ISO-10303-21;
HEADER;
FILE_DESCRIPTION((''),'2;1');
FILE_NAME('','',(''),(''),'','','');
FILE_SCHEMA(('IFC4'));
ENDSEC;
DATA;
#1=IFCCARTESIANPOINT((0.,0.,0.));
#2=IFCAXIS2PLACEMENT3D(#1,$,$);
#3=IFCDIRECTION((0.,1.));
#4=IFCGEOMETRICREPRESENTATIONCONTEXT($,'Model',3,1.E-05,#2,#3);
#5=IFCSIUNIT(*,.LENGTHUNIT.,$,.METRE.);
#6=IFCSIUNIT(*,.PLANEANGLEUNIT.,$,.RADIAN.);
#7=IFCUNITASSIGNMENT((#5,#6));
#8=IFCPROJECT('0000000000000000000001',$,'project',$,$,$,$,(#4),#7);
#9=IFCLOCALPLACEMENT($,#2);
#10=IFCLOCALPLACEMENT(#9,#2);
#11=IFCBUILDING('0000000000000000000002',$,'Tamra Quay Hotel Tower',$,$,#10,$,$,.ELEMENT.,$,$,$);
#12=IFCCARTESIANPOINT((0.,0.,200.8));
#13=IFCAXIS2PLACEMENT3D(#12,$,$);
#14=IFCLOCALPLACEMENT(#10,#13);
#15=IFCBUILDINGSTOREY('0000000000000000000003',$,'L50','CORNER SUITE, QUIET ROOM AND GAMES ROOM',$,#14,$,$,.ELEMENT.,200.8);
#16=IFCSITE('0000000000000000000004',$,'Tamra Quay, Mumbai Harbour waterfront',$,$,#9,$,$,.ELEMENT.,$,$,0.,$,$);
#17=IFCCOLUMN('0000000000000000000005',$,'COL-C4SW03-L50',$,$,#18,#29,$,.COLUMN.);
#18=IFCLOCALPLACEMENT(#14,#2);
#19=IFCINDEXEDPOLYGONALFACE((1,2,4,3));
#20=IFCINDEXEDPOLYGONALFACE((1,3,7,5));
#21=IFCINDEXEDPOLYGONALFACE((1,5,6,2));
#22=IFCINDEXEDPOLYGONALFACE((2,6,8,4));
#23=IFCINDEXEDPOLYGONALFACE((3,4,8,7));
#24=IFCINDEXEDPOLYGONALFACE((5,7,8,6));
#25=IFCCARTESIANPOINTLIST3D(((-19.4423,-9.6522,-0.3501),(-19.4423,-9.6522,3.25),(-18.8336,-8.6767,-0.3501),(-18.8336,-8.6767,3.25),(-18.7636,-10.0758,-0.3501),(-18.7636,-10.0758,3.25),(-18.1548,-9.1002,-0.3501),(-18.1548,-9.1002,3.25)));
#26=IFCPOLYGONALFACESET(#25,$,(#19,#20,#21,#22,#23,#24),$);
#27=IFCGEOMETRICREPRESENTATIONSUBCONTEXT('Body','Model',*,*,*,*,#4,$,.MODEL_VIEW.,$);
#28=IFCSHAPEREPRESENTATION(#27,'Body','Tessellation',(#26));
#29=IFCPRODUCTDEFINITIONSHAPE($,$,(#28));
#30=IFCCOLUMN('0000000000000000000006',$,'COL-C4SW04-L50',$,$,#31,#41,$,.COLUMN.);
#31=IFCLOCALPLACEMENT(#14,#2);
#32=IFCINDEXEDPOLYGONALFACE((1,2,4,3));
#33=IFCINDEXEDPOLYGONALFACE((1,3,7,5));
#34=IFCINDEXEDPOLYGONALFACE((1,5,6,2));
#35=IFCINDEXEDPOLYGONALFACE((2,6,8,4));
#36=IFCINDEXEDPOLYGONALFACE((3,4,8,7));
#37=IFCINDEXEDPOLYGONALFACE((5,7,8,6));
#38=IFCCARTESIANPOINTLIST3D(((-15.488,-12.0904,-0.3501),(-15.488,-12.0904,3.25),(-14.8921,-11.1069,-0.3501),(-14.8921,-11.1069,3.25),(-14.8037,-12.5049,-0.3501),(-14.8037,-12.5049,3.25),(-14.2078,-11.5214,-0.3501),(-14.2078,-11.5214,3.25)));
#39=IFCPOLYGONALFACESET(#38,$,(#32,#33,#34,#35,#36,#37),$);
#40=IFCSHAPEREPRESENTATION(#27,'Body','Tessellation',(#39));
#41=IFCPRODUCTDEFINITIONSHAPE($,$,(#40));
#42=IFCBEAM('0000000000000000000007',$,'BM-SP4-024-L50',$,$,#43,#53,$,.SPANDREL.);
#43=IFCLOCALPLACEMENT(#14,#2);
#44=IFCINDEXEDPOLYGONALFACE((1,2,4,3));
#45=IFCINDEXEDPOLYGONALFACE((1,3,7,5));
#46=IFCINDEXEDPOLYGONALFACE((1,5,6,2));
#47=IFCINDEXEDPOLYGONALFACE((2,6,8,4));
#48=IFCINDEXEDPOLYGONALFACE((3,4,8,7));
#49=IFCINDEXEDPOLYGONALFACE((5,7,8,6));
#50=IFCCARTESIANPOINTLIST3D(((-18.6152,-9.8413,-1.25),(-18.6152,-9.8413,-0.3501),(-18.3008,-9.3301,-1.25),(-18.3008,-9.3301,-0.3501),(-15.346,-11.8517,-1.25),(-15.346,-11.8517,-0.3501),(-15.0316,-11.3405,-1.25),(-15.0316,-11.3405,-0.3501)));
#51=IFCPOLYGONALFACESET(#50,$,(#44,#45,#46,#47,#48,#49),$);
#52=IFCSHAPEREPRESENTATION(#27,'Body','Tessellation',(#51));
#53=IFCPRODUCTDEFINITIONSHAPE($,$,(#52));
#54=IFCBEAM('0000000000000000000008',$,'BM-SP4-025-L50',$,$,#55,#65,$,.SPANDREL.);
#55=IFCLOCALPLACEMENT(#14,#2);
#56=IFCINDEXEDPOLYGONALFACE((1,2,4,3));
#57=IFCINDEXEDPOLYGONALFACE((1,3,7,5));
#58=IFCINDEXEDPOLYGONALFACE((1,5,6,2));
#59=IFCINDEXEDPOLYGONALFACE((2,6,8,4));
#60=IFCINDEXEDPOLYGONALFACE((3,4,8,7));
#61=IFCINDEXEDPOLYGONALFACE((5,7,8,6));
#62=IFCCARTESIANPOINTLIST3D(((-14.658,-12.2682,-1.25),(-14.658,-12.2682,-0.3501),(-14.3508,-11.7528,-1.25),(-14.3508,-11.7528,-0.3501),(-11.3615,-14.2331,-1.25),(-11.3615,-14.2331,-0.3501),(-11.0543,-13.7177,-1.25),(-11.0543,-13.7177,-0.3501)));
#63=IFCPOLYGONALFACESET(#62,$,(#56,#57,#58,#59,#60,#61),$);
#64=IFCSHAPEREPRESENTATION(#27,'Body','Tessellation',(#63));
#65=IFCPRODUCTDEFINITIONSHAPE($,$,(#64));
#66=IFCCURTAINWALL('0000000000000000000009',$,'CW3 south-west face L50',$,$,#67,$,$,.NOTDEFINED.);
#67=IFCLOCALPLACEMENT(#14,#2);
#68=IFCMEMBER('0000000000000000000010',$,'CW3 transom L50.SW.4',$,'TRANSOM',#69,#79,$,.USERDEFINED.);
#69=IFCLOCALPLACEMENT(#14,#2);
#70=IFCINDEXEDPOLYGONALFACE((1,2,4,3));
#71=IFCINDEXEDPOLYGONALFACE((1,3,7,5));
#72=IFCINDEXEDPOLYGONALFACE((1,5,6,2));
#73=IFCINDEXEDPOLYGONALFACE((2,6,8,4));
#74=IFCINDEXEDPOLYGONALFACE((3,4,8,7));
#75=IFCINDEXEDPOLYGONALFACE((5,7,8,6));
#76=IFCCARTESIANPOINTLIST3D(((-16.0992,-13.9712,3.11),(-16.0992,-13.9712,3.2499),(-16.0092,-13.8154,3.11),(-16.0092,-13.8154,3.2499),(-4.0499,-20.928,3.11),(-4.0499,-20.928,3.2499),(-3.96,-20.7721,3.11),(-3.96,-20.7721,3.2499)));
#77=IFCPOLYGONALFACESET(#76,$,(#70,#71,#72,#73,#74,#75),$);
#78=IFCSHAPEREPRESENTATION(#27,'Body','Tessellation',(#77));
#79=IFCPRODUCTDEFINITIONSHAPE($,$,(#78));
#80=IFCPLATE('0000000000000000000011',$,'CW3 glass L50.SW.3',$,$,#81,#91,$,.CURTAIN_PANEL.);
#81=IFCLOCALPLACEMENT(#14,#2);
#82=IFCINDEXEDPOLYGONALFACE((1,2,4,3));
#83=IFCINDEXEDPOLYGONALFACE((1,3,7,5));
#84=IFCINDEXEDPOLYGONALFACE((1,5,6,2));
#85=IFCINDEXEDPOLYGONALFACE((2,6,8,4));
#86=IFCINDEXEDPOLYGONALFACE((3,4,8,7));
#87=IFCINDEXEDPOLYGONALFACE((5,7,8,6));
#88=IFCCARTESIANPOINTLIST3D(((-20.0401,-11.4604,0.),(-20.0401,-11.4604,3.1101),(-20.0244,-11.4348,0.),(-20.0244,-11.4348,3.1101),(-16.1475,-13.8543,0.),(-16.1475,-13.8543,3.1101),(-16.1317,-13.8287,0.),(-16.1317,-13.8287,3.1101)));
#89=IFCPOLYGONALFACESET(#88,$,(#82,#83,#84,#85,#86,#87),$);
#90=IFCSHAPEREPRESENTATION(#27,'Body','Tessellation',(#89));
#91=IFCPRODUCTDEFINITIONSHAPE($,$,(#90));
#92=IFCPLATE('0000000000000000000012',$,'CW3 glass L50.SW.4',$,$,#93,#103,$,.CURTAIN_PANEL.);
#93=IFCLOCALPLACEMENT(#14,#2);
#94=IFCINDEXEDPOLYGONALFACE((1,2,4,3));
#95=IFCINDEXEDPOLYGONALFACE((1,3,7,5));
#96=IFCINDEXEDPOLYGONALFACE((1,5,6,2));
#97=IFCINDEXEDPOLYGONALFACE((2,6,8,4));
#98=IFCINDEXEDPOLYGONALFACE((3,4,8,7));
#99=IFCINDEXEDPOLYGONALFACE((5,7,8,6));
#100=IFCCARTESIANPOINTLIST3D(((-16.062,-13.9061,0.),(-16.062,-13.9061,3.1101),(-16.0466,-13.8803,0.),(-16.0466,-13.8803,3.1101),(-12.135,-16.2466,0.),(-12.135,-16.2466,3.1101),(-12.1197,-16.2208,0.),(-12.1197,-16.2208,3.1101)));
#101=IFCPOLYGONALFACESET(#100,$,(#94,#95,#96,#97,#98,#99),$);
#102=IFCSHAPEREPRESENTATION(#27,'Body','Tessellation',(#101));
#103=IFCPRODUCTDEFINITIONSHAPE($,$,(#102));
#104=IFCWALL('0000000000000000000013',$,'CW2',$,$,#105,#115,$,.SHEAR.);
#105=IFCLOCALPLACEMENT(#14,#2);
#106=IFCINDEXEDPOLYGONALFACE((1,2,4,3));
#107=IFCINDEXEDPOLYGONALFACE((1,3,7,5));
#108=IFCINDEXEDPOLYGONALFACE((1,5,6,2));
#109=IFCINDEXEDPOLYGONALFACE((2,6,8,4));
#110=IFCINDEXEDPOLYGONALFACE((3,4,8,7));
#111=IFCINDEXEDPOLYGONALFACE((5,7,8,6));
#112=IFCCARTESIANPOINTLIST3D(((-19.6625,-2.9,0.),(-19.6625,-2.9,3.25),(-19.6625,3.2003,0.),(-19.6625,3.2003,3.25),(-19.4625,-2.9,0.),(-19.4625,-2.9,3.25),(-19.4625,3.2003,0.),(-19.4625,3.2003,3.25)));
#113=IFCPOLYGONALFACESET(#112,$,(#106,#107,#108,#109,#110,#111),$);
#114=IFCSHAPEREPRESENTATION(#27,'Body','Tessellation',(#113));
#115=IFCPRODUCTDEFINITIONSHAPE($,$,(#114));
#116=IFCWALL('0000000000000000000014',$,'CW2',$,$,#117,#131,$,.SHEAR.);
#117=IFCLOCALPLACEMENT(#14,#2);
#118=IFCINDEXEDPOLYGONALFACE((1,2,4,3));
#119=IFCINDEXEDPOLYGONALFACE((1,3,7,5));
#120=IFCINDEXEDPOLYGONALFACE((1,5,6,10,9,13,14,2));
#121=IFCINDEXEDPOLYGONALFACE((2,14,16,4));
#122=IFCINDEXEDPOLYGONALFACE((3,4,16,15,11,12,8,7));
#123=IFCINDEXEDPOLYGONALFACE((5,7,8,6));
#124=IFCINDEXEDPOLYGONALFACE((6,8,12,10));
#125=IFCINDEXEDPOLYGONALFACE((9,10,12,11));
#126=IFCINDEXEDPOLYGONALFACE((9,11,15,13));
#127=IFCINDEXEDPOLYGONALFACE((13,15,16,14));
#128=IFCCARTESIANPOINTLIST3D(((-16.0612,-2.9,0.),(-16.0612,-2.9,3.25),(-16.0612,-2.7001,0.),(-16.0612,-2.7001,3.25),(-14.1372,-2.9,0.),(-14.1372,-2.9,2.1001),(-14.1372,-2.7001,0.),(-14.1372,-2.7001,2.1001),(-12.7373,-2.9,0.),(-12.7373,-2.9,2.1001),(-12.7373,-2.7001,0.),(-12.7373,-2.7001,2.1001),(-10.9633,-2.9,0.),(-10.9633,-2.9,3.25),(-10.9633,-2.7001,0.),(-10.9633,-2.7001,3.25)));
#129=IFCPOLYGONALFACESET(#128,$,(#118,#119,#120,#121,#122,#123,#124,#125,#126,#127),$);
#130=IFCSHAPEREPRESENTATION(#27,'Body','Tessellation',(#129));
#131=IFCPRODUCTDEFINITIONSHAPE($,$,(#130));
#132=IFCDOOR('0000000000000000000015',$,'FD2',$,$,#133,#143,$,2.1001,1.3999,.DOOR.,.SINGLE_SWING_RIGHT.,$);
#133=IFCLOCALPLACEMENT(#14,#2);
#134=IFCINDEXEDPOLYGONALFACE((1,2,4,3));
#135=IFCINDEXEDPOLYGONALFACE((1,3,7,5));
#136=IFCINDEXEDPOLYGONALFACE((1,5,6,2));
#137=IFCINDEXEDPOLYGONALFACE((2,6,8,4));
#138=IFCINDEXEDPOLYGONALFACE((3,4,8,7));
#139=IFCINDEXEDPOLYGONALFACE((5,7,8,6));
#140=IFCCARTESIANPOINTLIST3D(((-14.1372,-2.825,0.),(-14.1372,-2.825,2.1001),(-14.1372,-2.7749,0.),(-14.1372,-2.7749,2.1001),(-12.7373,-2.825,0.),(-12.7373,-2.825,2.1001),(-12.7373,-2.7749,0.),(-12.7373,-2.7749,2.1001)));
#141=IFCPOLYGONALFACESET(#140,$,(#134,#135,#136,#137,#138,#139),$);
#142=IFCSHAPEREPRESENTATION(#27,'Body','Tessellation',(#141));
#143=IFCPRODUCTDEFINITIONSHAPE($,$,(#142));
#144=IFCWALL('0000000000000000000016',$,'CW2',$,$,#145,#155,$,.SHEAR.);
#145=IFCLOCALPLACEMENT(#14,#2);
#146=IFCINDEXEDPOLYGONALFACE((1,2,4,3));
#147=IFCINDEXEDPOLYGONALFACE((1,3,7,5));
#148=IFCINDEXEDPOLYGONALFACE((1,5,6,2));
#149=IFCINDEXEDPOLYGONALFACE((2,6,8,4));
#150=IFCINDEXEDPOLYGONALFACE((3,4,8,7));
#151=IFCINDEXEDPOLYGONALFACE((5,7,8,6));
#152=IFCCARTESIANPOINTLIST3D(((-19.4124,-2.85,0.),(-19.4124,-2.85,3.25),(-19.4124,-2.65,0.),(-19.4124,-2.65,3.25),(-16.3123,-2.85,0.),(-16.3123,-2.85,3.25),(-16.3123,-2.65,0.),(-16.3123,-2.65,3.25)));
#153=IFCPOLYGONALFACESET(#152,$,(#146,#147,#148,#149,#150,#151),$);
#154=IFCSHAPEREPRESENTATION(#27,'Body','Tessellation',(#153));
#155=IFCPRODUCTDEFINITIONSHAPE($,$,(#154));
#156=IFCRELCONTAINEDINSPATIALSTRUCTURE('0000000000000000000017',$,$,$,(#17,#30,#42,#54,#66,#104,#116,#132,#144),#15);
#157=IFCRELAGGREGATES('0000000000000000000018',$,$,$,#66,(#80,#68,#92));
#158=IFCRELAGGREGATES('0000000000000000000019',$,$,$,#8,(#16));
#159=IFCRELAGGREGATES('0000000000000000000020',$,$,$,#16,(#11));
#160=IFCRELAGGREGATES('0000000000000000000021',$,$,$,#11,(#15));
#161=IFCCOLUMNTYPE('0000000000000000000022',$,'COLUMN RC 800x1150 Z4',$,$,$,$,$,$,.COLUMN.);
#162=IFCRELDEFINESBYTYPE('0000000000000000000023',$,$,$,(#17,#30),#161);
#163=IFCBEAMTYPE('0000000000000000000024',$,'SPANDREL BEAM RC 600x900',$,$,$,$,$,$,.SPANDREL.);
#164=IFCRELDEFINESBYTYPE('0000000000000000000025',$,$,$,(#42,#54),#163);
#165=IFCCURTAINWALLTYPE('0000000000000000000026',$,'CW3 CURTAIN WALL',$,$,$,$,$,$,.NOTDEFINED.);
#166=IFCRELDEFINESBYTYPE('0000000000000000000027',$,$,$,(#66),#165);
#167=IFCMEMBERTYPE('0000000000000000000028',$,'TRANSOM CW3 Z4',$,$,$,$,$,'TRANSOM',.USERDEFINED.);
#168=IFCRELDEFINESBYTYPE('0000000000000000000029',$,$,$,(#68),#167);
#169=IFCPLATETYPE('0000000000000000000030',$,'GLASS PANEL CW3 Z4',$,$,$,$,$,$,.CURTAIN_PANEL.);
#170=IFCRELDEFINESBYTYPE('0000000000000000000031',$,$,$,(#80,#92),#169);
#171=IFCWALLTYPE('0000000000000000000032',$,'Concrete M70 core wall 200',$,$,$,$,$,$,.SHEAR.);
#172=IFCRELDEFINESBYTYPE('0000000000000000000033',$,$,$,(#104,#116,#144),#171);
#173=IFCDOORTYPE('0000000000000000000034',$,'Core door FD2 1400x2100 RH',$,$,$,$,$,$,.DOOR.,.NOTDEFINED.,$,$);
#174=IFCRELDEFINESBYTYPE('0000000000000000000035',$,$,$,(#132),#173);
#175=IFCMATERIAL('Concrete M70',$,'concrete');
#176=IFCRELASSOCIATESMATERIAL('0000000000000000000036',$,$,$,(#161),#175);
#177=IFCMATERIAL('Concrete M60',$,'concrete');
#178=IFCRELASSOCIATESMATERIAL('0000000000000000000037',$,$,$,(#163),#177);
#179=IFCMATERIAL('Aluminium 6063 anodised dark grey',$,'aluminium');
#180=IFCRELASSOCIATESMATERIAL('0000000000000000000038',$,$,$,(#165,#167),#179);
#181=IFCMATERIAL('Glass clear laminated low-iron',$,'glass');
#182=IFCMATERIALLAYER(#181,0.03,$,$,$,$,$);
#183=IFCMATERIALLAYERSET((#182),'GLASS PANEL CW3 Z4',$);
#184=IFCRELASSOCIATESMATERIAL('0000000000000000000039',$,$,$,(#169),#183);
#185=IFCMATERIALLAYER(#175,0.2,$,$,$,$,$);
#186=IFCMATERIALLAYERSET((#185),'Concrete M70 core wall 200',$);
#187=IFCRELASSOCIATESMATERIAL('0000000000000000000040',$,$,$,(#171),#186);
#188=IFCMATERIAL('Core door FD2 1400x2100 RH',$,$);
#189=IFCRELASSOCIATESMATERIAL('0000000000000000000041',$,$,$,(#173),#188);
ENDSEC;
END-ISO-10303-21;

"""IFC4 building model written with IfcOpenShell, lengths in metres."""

from ifc_helpers import new_model, si_unit, direction, frame, frame_2d, origin, origin_2d, place, context, subcontext, project, spatial, rectangle, extrude, material, layer, layer_set, material_profile, profile_set, type_object, element, fill, aggregate, save


model = new_model("IFC4")

# Units and contexts
model_context = context("Model", 3, precision=1e-05, world=origin(), true_north=direction((0.0, 1.0)))
body_context = subcontext(model_context, "Body", "Model", "MODEL_VIEW")
ifc_project = project(units=[si_unit("LENGTHUNIT", "METRE"), si_unit("PLANEANGLEUNIT", "RADIAN")], contexts=[model_context])

# Site, building, storey
site_placement = place(None, origin())
site = spatial("IfcSite", under=ifc_project, at=site_placement, Name="Tamra Quay, Mumbai Harbour waterfront", CompositionType="ELEMENT", RefElevation=0.0)
building_placement = place(site_placement, origin())
building = spatial("IfcBuilding", under=site, at=building_placement, Name="Tamra Quay Hotel Tower", CompositionType="ELEMENT")
storey_placement = place(building_placement, frame((0.0, 0.0, 200.8)))
storey = spatial("IfcBuildingStorey", under=building, at=storey_placement, Name="L50", Description="CORNER SUITE, QUIET ROOM AND GAMES ROOM", CompositionType="ELEMENT", Elevation=200.8)

# Columns
ifc_material_1 = material(Name="Concrete M70", Category="concrete")
ifc_material_profile_1 = material_profile(ifc_material_1, rectangle(XDim=1.1499, YDim=0.8, at=origin_2d()), Name="COLUMN RC 800x1150 Z4")
ifc_profile_set_1 = profile_set([ifc_material_profile_1], Name="Concrete M70")
column_type = type_object("IfcColumnType", Name="COLUMN RC 800x1150 Z4", PredefinedType="COLUMN", material=ifc_profile_set_1)
for number, where, z_axis, x_axis, name in (
    (1, (-18.7986, -9.3762, -0.3501), (0.0, 0.0, 1.0), (0.52941, 0.848366, 0.0), "COL-C4SW03-L50"),
    (2, (-14.8479, -11.8059, -0.3501), (0.0, 0.0, 1.0), (0.518175, 0.855275, 0.0), "COL-C4SW04-L50"),
):
    element("IfcColumn", number, at=place(storey_placement, frame(where, z_axis=z_axis, x_axis=x_axis)), inside=storey, type_object=column_type, Name=name, PredefinedType="COLUMN", context=body_context, shape_type="SweptSolid", body=[
        extrude(rectangle(XDim=1.1499, YDim=0.8, at=origin_2d()), origin(), (0.0, 0.0, 1.0), 3.6001),
    ])

# Beams
ifc_material_2 = material(Name="Concrete M60", Category="concrete")
ifc_material_profile_2 = material_profile(ifc_material_2, rectangle(XDim=0.6001, YDim=0.8999, at=origin_2d()), Name="SPANDREL BEAM RC 600x900")
ifc_profile_set_2 = profile_set([ifc_material_profile_2], Name="Concrete M60")
beam_type = type_object("IfcBeamType", Name="SPANDREL BEAM RC 600x900", PredefinedType="SPANDREL", material=ifc_profile_set_2)
beam_1_placement = place(storey_placement, frame((-18.458, -9.5857, -0.8), z_axis=(0.851818, -0.523838, 0.0), x_axis=(0.523838, 0.851818, 0.0)))
element("IfcBeam", 3, at=beam_1_placement, inside=storey, type_object=beam_type, Name="BM-SP4-024-L50", PredefinedType="SPANDREL", context=body_context, shape_type="SweptSolid", body=[
    extrude(rectangle(XDim=0.6001, YDim=0.8999, at=origin_2d()), origin(), (0.0, 0.0, 1.0), 3.8379),
])
beam_2_placement = place(storey_placement, frame((-14.5044, -12.0105, -0.8), z_axis=(0.858982, -0.512005, 0.0), x_axis=(0.512005, 0.858982, 0.0)))
element("IfcBeam", 4, at=beam_2_placement, inside=storey, type_object=beam_type, Name="BM-SP4-025-L50", PredefinedType="SPANDREL", context=body_context, shape_type="SweptSolid", body=[
    extrude(rectangle(XDim=0.6001, YDim=0.8999, at=origin_2d()), origin(), (0.0, 0.0, 1.0), 3.8376),
])

# Curtain wall, member, plates
ifc_material_3 = material(Name="Aluminium 6063 anodised dark grey", Category="aluminium")
curtain_wall_type = type_object("IfcCurtainWallType", Name="CW3 CURTAIN WALL", PredefinedType="NOTDEFINED", material=ifc_material_3)
curtain_wall_placement = place(storey_placement, origin())
curtain_wall = element("IfcCurtainWall", 5, at=curtain_wall_placement, inside=storey, type_object=curtain_wall_type, Name="CW3 south-west face L50", PredefinedType="NOTDEFINED")
ifc_material_profile_3 = material_profile(ifc_material_3, rectangle(XDim=0.1799, YDim=0.1399, at=origin_2d()), Name="TRANSOM 180X140")
ifc_profile_set_3 = profile_set([ifc_material_profile_3], Name="Aluminium 6063 anodised dark grey")
member_type = type_object("IfcMemberType", Name="TRANSOM CW3 Z4", ElementType="TRANSOM", PredefinedType="USERDEFINED", material=ifc_profile_set_3)
member_placement = place(storey_placement, frame((-16.0542, -13.8933, 3.1799), z_axis=(0.866022, -0.500006, 0.0), x_axis=(0.500006, 0.866022, 0.0)))
member = element("IfcMember", 6, at=member_placement, type_object=member_type, Name="CW3 transom L50.SW.4", ObjectType="TRANSOM", PredefinedType="USERDEFINED", context=body_context, shape_type="SweptSolid", body=[
    extrude(rectangle(XDim=0.1799, YDim=0.1399, at=origin_2d()), origin(), (0.0, 0.0, 1.0), 13.9133),
])
ifc_material_4 = material(Name="Glass clear laminated low-iron", Category="glass")
ifc_layer_1 = layer(ifc_material_4, 0.03)
ifc_layer_set_1 = layer_set([ifc_layer_1], Name="GLASS PANEL CW3 Z4")
plate_type = type_object("IfcPlateType", Name="GLASS PANEL CW3 Z4", PredefinedType="CURTAIN_PANEL", material=ifc_layer_set_1)
plate_1_placement = place(storey_placement, frame((-18.0859, -12.6445, 0.0), z_axis=(0.0, 0.0, 1.0), x_axis=(0.851815, -0.523843, 0.0)))
plate_1 = element("IfcPlate", 7, at=plate_1_placement, type_object=plate_type, Name="CW3 glass L50.SW.3", PredefinedType="CURTAIN_PANEL", context=body_context, shape_type="SweptSolid", body=[
    extrude(rectangle(XDim=4.5698, YDim=0.03, at=origin_2d()), origin(), (0.0, 0.0, 1.0), 3.1101),
])
plate_2_placement = place(storey_placement, frame((-14.0908, -15.0635, 0.0), z_axis=(0.0, 0.0, 1.0), x_axis=(0.858999, -0.511978, 0.0)))
plate_2 = element("IfcPlate", 8, at=plate_2_placement, type_object=plate_type, Name="CW3 glass L50.SW.4", PredefinedType="CURTAIN_PANEL", context=body_context, shape_type="SweptSolid", body=[
    extrude(rectangle(XDim=4.5715, YDim=0.03, at=origin_2d()), origin(), (0.0, 0.0, 1.0), 3.1101),
])
aggregate(curtain_wall, [plate_1, member, plate_2])

# Wall
ifc_layer_2 = layer(ifc_material_1, 0.2)
ifc_layer_set_2 = layer_set([ifc_layer_2], Name="Concrete M70 core wall 200")
wall_type_1 = type_object("IfcWallType", Name="Concrete M70 core wall 200", PredefinedType="SHEAR", material=ifc_layer_set_2)
wall_1_placement = place(storey_placement, frame((-19.5625, -2.9001, 0.0), z_axis=(0.0, 0.0, 1.0), x_axis=(0.0, 1.0, 0.0)))
element("IfcWall", 9, at=wall_1_placement, inside=storey, type_object=wall_type_1, Name="CW2", PredefinedType="SHEAR", context=body_context, shape_type="SweptSolid", body=[
    extrude(rectangle(XDim=6.1003, YDim=0.2, at=frame_2d((3.0503, 0.0))), origin(), (0.0, 0.0, 1.0), 3.25),
])

# Wall, opening, door
wall_2_placement = place(storey_placement, frame((-10.9634, -2.8, 0.0), z_axis=(0.0, 0.0, 1.0), x_axis=(-1.0, 0.0, 0.0)))
wall_2 = element("IfcWall", 10, at=wall_2_placement, inside=storey, type_object=wall_type_1, Name="CW2", PredefinedType="SHEAR", context=body_context, shape_type="SweptSolid", body=[
    extrude(rectangle(XDim=5.0979, YDim=0.2, at=frame_2d((2.5488, 0.0))), origin(), (0.0, 0.0, 1.0), 3.25),
])
opening_1_placement = place(wall_2_placement, frame((1.7739, 0.0, 0.0)))
opening_1 = element("IfcOpeningElement", 11, at=opening_1_placement, cuts=wall_2, PredefinedType="OPENING", context=body_context, shape_type="SweptSolid", body=[
    extrude(rectangle(XDim=1.3999, YDim=2.1001, at=frame_2d((0.7, 1.05))), frame((0.0, 0.1099, 0.0), z_axis=(0.0, -1.0, 0.0), x_axis=(1.0, 0.0, 0.0)), (0.0, 0.0, 1.0), 0.22),
])
ifc_material_5 = material(Name="Core door FD2 1400x2100 RH")
door_type_1 = type_object("IfcDoorType", Name="Core door FD2 1400x2100 RH", OperationType="NOTDEFINED", PredefinedType="DOOR", material=ifc_material_5)
door_1_placement = place(opening_1_placement, origin())
door_1 = element("IfcDoor", 12, at=door_1_placement, inside=storey, type_object=door_type_1, Name="FD2", OperationType="SINGLE_SWING_RIGHT", OverallHeight=2.1001, OverallWidth=1.3999, PredefinedType="DOOR", context=body_context, shape_type="SweptSolid", body=[
    extrude(rectangle(XDim=1.3999, YDim=2.1001, at=frame_2d((0.7, 1.05))), frame((0.0, 0.0249, 0.0), z_axis=(0.0, -1.0, 0.0), x_axis=(1.0, 0.0, 0.0)), (0.0, 0.0, 1.0), 0.05),
])
fill(opening_1, door_1)

# Wall
wall_3_placement = place(storey_placement, frame((-19.4124, -2.75, 0.0), z_axis=(0.0, 0.0, 1.0), x_axis=(1.0, 0.0, 0.0)))
element("IfcWall", 13, at=wall_3_placement, inside=storey, type_object=wall_type_1, Name="CW2", PredefinedType="SHEAR", context=body_context, shape_type="SweptSolid", body=[
    extrude(rectangle(XDim=3.1001, YDim=0.2, at=frame_2d((1.55, 0.0))), origin(), (0.0, 0.0, 1.0), 3.25),
])

save(model, "model.ifc")
